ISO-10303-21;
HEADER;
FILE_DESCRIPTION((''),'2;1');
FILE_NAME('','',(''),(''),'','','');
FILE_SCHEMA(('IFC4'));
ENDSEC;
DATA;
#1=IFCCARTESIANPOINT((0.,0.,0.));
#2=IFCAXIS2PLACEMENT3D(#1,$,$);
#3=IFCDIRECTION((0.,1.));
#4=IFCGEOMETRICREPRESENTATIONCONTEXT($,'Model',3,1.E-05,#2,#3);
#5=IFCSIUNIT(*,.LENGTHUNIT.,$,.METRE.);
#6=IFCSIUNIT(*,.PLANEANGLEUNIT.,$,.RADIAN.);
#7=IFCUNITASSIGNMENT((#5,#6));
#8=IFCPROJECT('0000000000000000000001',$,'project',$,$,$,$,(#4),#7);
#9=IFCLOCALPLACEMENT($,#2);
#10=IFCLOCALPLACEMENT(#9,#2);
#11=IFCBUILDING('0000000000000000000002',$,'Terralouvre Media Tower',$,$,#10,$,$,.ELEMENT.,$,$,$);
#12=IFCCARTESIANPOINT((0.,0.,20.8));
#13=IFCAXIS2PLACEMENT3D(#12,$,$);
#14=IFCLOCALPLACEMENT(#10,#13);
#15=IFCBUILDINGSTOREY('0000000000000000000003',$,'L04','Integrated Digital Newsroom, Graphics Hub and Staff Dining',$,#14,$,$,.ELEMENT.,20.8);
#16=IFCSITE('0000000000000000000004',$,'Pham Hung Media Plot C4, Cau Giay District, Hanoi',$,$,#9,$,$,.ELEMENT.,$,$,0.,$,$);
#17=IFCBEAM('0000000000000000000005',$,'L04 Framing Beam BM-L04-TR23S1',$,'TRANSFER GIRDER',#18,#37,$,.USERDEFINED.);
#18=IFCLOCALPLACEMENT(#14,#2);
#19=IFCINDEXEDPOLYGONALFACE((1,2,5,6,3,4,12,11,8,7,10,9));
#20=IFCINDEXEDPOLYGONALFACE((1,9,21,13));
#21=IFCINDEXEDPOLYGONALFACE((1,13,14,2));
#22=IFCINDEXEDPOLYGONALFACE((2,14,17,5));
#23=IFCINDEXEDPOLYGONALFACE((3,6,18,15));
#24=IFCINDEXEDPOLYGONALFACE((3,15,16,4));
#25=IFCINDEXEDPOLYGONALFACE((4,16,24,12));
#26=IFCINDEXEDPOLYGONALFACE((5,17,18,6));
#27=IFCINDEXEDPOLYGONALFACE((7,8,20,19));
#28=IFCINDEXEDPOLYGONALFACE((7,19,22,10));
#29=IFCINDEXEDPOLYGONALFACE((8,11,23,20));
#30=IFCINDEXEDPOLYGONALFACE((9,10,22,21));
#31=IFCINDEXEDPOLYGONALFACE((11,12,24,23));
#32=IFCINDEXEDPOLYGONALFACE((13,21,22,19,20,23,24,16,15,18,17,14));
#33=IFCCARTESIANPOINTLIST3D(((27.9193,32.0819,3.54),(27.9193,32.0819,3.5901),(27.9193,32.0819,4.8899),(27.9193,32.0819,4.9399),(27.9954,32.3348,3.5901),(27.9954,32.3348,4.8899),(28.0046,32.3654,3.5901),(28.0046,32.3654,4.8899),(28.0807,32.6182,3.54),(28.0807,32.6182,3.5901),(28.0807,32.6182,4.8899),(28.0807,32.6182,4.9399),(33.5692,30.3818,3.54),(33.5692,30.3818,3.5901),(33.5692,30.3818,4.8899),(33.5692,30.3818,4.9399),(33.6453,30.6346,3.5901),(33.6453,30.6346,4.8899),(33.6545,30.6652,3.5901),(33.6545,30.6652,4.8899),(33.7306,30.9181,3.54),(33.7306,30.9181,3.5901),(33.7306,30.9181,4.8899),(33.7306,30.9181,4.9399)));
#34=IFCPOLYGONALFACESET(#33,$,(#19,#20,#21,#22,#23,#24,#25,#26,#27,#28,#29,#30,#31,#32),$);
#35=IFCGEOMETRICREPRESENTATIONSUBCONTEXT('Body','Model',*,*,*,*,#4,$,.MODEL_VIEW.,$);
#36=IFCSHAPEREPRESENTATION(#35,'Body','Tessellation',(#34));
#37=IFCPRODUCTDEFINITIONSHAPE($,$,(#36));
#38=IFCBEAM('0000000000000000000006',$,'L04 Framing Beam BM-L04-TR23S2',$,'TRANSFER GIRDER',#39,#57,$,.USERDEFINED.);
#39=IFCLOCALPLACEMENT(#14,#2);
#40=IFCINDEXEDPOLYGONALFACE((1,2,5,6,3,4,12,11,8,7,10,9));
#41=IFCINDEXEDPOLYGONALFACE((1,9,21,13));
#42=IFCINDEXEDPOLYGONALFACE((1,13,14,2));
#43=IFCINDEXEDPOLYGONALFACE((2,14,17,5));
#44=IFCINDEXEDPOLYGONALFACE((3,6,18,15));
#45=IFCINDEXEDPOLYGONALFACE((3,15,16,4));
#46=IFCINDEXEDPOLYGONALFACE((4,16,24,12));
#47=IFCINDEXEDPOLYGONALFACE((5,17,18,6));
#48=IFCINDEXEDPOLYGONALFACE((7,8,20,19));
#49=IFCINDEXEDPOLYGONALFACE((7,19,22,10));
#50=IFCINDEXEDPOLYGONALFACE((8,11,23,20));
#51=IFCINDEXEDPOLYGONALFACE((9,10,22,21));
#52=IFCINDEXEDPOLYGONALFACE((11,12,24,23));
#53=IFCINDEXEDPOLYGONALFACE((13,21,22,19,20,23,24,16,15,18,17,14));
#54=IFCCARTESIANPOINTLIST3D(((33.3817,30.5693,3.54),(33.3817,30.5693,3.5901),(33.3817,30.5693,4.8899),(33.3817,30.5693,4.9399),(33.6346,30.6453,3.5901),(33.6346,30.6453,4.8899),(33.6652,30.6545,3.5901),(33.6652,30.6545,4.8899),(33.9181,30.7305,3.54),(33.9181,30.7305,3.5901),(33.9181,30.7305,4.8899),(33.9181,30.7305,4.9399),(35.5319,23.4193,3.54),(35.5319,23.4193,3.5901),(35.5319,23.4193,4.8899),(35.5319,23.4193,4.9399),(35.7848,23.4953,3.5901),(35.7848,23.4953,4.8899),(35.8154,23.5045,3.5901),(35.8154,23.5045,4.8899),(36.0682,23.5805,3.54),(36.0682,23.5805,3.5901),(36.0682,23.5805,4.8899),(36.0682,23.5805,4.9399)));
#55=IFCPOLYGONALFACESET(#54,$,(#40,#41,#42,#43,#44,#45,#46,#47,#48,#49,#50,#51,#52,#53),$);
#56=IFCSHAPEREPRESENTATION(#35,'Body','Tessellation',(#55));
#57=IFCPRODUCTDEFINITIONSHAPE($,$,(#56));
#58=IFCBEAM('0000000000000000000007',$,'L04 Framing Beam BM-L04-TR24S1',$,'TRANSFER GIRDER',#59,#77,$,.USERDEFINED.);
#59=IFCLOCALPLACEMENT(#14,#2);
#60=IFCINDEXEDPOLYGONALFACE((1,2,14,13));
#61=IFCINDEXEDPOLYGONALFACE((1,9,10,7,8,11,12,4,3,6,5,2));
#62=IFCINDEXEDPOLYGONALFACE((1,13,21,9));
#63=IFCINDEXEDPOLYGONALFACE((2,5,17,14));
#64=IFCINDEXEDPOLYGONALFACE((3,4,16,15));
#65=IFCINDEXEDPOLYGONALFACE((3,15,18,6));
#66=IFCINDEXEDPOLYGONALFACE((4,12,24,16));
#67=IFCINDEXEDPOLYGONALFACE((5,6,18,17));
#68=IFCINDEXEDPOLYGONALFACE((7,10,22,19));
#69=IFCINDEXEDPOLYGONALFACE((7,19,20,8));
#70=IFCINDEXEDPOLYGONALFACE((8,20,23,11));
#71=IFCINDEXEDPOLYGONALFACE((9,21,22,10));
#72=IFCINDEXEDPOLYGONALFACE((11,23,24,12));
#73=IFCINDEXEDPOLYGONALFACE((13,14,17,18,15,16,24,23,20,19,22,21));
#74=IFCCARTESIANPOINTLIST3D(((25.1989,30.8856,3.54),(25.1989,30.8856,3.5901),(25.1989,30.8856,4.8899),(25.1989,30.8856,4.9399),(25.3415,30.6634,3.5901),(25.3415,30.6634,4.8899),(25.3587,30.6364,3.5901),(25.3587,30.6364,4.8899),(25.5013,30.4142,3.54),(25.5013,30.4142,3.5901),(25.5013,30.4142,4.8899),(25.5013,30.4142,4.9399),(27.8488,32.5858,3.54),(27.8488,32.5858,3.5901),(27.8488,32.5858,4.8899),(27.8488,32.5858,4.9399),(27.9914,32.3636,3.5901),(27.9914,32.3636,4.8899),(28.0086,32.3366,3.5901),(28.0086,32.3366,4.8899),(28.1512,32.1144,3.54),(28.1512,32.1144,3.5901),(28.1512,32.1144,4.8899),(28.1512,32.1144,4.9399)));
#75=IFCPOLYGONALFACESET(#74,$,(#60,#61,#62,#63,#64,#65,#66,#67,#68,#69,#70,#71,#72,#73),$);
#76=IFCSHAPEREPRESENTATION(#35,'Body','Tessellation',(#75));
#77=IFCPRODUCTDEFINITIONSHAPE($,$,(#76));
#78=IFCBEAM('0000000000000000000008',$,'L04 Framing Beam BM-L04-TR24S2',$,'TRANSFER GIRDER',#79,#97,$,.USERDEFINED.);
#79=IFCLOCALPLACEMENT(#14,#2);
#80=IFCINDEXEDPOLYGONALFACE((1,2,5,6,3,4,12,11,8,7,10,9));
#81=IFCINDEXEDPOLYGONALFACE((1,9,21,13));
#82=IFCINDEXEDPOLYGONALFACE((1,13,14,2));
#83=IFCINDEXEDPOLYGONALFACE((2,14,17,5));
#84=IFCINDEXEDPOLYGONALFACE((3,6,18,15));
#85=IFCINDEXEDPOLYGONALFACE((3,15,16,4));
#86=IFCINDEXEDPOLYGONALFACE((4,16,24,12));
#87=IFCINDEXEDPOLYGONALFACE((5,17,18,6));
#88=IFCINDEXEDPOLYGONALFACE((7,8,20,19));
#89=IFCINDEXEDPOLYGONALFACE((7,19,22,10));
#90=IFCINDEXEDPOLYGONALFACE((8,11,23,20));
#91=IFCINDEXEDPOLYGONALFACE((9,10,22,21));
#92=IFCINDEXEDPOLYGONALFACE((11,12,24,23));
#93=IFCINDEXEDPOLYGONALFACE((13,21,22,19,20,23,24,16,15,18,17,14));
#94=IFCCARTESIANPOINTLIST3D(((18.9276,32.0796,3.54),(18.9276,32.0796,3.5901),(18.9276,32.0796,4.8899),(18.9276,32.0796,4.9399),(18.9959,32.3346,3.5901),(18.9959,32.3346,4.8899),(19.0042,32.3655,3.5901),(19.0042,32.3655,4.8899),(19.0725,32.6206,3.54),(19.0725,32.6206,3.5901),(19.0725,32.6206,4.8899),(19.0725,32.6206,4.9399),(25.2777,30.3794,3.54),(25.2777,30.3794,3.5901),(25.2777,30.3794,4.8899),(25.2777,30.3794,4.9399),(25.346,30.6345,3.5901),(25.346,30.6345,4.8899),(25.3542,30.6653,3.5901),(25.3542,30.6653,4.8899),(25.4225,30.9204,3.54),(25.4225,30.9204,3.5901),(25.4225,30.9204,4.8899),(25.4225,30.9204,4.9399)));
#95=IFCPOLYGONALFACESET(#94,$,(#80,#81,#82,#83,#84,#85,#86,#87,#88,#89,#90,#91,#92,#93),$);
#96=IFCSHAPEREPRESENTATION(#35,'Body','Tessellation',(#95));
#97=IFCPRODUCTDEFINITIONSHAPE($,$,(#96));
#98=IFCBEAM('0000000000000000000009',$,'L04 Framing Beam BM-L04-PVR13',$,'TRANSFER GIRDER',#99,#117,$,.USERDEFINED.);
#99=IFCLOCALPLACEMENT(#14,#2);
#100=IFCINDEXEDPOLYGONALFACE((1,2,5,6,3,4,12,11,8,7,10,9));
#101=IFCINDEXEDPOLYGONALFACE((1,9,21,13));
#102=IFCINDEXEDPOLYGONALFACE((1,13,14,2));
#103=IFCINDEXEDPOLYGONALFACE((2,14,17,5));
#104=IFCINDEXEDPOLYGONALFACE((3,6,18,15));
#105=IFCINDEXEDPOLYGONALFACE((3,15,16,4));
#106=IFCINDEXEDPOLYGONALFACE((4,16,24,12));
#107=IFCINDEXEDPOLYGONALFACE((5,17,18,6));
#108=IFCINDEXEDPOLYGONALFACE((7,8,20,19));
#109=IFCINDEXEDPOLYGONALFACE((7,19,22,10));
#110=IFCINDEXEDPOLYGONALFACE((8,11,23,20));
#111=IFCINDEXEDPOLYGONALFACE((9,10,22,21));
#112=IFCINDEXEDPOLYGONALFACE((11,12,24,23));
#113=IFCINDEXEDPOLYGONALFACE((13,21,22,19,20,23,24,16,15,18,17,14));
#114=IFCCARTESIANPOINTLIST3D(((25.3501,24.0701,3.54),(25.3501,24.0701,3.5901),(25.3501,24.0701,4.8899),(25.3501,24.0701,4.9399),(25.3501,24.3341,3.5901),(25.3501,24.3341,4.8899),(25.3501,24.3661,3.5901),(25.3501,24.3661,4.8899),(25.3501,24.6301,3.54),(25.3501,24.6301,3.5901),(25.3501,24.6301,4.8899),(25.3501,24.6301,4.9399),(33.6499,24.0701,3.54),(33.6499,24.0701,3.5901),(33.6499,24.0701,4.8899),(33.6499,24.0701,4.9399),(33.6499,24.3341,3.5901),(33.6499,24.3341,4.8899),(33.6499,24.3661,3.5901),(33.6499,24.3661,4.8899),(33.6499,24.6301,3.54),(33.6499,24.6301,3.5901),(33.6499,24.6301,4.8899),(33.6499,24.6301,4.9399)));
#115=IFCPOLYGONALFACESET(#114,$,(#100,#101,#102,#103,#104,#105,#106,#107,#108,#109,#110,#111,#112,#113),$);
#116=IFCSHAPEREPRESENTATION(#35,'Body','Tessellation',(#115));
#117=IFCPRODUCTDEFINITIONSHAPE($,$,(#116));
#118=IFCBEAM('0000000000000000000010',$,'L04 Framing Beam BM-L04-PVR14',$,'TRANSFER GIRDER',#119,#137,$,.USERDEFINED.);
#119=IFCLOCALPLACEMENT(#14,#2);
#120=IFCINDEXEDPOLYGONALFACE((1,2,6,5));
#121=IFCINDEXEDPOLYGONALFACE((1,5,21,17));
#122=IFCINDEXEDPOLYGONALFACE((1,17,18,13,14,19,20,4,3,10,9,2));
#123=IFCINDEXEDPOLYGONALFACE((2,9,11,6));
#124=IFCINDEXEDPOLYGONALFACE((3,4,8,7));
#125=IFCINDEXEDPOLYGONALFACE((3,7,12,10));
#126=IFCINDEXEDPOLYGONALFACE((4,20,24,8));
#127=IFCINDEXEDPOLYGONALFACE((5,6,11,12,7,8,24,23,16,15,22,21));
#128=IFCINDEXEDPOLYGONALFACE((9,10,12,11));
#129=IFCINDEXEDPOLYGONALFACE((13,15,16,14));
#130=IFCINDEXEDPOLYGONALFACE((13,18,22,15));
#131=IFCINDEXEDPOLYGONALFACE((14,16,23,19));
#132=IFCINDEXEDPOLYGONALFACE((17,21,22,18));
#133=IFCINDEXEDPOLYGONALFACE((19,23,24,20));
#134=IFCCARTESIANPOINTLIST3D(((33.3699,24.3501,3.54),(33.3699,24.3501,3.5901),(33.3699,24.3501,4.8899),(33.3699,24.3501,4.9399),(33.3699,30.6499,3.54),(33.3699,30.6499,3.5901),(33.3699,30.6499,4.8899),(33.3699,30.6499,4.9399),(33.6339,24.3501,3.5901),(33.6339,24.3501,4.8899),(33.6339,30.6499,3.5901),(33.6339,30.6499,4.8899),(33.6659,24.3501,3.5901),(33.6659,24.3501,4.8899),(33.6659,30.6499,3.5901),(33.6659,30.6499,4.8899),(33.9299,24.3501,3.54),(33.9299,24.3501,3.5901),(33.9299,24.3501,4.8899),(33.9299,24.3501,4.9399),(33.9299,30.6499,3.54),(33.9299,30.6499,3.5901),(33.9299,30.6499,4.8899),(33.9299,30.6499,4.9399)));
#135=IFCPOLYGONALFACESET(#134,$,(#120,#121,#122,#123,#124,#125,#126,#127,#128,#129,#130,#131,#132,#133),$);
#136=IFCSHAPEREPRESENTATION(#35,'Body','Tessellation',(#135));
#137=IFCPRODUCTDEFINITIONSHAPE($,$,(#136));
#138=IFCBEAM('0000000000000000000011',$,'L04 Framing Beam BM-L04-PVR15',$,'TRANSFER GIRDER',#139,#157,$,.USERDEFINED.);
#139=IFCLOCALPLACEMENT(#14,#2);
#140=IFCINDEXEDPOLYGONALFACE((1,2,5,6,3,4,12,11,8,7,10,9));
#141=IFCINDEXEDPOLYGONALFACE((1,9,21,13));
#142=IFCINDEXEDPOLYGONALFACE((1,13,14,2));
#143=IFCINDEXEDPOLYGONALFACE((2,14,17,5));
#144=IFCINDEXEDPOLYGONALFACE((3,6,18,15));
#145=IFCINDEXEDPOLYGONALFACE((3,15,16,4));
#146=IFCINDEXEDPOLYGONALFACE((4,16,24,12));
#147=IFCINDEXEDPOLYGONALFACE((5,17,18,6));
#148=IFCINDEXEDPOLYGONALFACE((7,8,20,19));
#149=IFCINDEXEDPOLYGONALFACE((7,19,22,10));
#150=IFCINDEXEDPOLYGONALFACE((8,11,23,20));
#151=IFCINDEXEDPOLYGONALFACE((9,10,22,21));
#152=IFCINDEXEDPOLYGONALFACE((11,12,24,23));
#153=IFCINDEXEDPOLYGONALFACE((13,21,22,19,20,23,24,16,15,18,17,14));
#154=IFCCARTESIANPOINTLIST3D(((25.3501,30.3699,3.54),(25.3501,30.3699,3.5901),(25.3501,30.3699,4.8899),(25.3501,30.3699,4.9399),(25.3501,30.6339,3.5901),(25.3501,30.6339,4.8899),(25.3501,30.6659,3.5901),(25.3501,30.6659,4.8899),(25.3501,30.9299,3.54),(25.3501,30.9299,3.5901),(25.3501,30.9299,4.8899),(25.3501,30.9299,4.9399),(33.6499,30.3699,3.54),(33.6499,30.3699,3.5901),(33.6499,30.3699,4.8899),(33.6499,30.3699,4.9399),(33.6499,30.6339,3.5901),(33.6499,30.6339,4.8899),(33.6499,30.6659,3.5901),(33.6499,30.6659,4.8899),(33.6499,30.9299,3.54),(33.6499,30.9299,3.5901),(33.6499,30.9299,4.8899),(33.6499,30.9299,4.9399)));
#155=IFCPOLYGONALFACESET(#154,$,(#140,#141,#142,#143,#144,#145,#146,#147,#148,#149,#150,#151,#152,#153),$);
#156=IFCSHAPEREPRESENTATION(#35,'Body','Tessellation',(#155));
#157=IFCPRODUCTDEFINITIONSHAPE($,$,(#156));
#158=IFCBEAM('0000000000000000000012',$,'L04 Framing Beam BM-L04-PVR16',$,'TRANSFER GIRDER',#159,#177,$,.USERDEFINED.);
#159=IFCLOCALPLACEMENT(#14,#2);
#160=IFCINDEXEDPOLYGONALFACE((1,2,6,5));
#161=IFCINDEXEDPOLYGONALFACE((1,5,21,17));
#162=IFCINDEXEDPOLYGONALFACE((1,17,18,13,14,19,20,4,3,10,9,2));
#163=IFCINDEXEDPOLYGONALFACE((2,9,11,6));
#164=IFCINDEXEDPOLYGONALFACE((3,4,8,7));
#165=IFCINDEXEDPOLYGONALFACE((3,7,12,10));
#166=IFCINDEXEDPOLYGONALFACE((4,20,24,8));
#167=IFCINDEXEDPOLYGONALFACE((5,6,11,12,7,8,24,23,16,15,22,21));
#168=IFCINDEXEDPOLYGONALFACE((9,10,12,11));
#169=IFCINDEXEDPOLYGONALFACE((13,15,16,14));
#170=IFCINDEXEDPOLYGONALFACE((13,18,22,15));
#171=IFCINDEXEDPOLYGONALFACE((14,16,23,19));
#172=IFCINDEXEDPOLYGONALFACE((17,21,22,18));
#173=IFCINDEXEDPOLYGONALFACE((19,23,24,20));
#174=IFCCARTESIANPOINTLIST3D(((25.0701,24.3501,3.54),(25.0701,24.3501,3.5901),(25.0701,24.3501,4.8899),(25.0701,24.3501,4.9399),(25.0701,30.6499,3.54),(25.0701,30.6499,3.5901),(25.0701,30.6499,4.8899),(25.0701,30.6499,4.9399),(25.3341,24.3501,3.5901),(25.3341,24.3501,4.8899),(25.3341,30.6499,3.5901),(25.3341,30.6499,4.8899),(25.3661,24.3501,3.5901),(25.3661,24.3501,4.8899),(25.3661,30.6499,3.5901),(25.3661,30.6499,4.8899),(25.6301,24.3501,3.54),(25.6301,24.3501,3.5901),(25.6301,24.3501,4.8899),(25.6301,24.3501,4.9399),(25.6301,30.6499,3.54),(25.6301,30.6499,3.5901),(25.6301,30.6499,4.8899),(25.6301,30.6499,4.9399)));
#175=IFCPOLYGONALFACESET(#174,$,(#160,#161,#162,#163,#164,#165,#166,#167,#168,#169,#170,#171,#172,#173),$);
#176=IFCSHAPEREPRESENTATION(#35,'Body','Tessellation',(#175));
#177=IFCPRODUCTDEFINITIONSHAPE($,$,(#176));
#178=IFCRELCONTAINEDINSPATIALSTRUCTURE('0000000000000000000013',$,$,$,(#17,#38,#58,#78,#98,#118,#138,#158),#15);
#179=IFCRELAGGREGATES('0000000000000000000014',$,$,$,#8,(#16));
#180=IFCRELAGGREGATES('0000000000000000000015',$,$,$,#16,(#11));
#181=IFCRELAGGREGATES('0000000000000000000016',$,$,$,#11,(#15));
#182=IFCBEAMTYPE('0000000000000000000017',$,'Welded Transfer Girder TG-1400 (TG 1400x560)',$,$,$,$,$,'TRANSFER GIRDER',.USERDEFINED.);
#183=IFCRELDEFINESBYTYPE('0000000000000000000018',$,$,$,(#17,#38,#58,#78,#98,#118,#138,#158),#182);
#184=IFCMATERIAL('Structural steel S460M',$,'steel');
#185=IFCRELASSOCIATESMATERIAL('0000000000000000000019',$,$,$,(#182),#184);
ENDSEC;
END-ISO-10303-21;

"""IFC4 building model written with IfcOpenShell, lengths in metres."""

from ifc_helpers import new_model, si_unit, direction, frame, origin, origin_2d, place, context, subcontext, project, spatial, i_section, extrude, material, material_profile, profile_set, type_object, element, save


model = new_model("IFC4")

# Units and contexts
model_context = context("Model", 3, precision=1e-05, world=origin(), true_north=direction((0.0, 1.0)))
body_context = subcontext(model_context, "Body", "Model", "MODEL_VIEW")
ifc_project = project(units=[si_unit("LENGTHUNIT", "METRE"), si_unit("PLANEANGLEUNIT", "RADIAN")], contexts=[model_context])

# Site, building, storey
site_placement = place(None, origin())
site = spatial("IfcSite", under=ifc_project, at=site_placement, Name="Pham Hung Media Plot C4, Cau Giay District, Hanoi", CompositionType="ELEMENT", RefElevation=0.0)
building_placement = place(site_placement, origin())
building = spatial("IfcBuilding", under=site, at=building_placement, Name="Terralouvre Media Tower", CompositionType="ELEMENT")
storey_placement = place(building_placement, frame((0.0, 0.0, 20.8)))
storey = spatial("IfcBuildingStorey", under=building, at=storey_placement, Name="L04", Description="Integrated Digital Newsroom, Graphics Hub and Staff Dining", CompositionType="ELEMENT", Elevation=20.8)

# Beams
ifc_material_1 = material(Name="Structural steel S460M", Category="steel")
ifc_material_profile_1 = material_profile(ifc_material_1, i_section(OverallWidth=0.5601, OverallDepth=1.3999, WebThickness=0.032, FlangeThickness=0.05, at=origin_2d()), Name="TG 1400x560")
ifc_profile_set_1 = profile_set([ifc_material_profile_1], Name="Structural steel S460M")
beam_type_1 = type_object("IfcBeamType", Name="Welded Transfer Girder TG-1400 (TG 1400x560)", ElementType="TRANSFER GIRDER", PredefinedType="USERDEFINED", material=ifc_profile_set_1)
beam_1_placement = place(storey_placement, frame((33.6499, 30.6499, 4.24), z_axis=(-0.957582, 0.28816, 0.0), x_axis=(-0.28816, -0.957582, 0.0)))
element("IfcBeam", 1, at=beam_1_placement, inside=storey, type_object=beam_type_1, Name="L04 Framing Beam BM-L04-TR23S1", ObjectType="TRANSFER GIRDER", PredefinedType="USERDEFINED", context=body_context, shape_type="SweptSolid", body=[
    extrude(i_section(OverallWidth=0.5601, OverallDepth=1.3999, WebThickness=0.032, FlangeThickness=0.05, at=origin_2d()), origin(), (0.0, 0.0, 1.0), 5.9001),
])
beam_2_placement = place(storey_placement, frame((33.6499, 30.6499, 4.24), z_axis=(0.287984, -0.957635, 0.0), x_axis=(0.957635, 0.287984, 0.0)))
element("IfcBeam", 2, at=beam_2_placement, inside=storey, type_object=beam_type_1, Name="L04 Framing Beam BM-L04-TR23S2", ObjectType="TRANSFER GIRDER", PredefinedType="USERDEFINED", context=body_context, shape_type="SweptSolid", body=[
    extrude(i_section(OverallWidth=0.5601, OverallDepth=1.3999, WebThickness=0.032, FlangeThickness=0.05, at=origin_2d()), origin(), (0.0, 0.0, 1.0), 7.4663),
])
beam_3_placement = place(storey_placement, frame((25.3501, 30.6499, 4.24), z_axis=(0.841657, 0.540013, 0.0), x_axis=(-0.540013, 0.841657, 0.0)))
element("IfcBeam", 3, at=beam_3_placement, inside=storey, type_object=beam_type_1, Name="L04 Framing Beam BM-L04-TR24S1", ObjectType="TRANSFER GIRDER", PredefinedType="USERDEFINED", context=body_context, shape_type="SweptSolid", body=[
    extrude(i_section(OverallWidth=0.5601, OverallDepth=1.3999, WebThickness=0.032, FlangeThickness=0.05, at=origin_2d()), origin(), (0.0, 0.0, 1.0), 3.1484),
])
beam_4_placement = place(storey_placement, frame((25.3501, 30.6499, 4.24), z_axis=(-0.965976, 0.258633, 0.0), x_axis=(-0.258633, -0.965976, 0.0)))
element("IfcBeam", 4, at=beam_4_placement, inside=storey, type_object=beam_type_1, Name="L04 Framing Beam BM-L04-TR24S2", ObjectType="TRANSFER GIRDER", PredefinedType="USERDEFINED", context=body_context, shape_type="SweptSolid", body=[
    extrude(i_section(OverallWidth=0.5601, OverallDepth=1.3999, WebThickness=0.032, FlangeThickness=0.05, at=origin_2d()), origin(), (0.0, 0.0, 1.0), 6.5737),
])
beam_5_placement = place(storey_placement, frame((25.3501, 24.3501, 4.24), z_axis=(1.0, 0.0, 0.0), x_axis=(0.0, 1.0, 0.0)))
element("IfcBeam", 5, at=beam_5_placement, inside=storey, type_object=beam_type_1, Name="L04 Framing Beam BM-L04-PVR13", ObjectType="TRANSFER GIRDER", PredefinedType="USERDEFINED", context=body_context, shape_type="SweptSolid", body=[
    extrude(i_section(OverallWidth=0.5601, OverallDepth=1.3999, WebThickness=0.032, FlangeThickness=0.05, at=origin_2d()), origin(), (0.0, 0.0, 1.0), 8.2998),
])
beam_6_placement = place(storey_placement, frame((33.6499, 24.3501, 4.24), z_axis=(0.0, 1.0, 0.0), x_axis=(-1.0, 0.0, 0.0)))
element("IfcBeam", 6, at=beam_6_placement, inside=storey, type_object=beam_type_1, Name="L04 Framing Beam BM-L04-PVR14", ObjectType="TRANSFER GIRDER", PredefinedType="USERDEFINED", context=body_context, shape_type="SweptSolid", body=[
    extrude(i_section(OverallWidth=0.5601, OverallDepth=1.3999, WebThickness=0.032, FlangeThickness=0.05, at=origin_2d()), origin(), (0.0, 0.0, 1.0), 6.2998),
])
beam_7_placement = place(storey_placement, frame((33.6499, 30.6499, 4.24), z_axis=(-1.0, 0.0, 0.0), x_axis=(0.0, -1.0, 0.0)))
element("IfcBeam", 7, at=beam_7_placement, inside=storey, type_object=beam_type_1, Name="L04 Framing Beam BM-L04-PVR15", ObjectType="TRANSFER GIRDER", PredefinedType="USERDEFINED", context=body_context, shape_type="SweptSolid", body=[
    extrude(i_section(OverallWidth=0.5601, OverallDepth=1.3999, WebThickness=0.032, FlangeThickness=0.05, at=origin_2d()), origin(), (0.0, 0.0, 1.0), 8.2998),
])
beam_8_placement = place(storey_placement, frame((25.3501, 30.6499, 4.24), z_axis=(0.0, -1.0, 0.0), x_axis=(1.0, 0.0, 0.0)))
element("IfcBeam", 8, at=beam_8_placement, inside=storey, type_object=beam_type_1, Name="L04 Framing Beam BM-L04-PVR16", ObjectType="TRANSFER GIRDER", PredefinedType="USERDEFINED", context=body_context, shape_type="SweptSolid", body=[
    extrude(i_section(OverallWidth=0.5601, OverallDepth=1.3999, WebThickness=0.032, FlangeThickness=0.05, at=origin_2d()), origin(), (0.0, 0.0, 1.0), 6.2998),
])

save(model, "model.ifc")
